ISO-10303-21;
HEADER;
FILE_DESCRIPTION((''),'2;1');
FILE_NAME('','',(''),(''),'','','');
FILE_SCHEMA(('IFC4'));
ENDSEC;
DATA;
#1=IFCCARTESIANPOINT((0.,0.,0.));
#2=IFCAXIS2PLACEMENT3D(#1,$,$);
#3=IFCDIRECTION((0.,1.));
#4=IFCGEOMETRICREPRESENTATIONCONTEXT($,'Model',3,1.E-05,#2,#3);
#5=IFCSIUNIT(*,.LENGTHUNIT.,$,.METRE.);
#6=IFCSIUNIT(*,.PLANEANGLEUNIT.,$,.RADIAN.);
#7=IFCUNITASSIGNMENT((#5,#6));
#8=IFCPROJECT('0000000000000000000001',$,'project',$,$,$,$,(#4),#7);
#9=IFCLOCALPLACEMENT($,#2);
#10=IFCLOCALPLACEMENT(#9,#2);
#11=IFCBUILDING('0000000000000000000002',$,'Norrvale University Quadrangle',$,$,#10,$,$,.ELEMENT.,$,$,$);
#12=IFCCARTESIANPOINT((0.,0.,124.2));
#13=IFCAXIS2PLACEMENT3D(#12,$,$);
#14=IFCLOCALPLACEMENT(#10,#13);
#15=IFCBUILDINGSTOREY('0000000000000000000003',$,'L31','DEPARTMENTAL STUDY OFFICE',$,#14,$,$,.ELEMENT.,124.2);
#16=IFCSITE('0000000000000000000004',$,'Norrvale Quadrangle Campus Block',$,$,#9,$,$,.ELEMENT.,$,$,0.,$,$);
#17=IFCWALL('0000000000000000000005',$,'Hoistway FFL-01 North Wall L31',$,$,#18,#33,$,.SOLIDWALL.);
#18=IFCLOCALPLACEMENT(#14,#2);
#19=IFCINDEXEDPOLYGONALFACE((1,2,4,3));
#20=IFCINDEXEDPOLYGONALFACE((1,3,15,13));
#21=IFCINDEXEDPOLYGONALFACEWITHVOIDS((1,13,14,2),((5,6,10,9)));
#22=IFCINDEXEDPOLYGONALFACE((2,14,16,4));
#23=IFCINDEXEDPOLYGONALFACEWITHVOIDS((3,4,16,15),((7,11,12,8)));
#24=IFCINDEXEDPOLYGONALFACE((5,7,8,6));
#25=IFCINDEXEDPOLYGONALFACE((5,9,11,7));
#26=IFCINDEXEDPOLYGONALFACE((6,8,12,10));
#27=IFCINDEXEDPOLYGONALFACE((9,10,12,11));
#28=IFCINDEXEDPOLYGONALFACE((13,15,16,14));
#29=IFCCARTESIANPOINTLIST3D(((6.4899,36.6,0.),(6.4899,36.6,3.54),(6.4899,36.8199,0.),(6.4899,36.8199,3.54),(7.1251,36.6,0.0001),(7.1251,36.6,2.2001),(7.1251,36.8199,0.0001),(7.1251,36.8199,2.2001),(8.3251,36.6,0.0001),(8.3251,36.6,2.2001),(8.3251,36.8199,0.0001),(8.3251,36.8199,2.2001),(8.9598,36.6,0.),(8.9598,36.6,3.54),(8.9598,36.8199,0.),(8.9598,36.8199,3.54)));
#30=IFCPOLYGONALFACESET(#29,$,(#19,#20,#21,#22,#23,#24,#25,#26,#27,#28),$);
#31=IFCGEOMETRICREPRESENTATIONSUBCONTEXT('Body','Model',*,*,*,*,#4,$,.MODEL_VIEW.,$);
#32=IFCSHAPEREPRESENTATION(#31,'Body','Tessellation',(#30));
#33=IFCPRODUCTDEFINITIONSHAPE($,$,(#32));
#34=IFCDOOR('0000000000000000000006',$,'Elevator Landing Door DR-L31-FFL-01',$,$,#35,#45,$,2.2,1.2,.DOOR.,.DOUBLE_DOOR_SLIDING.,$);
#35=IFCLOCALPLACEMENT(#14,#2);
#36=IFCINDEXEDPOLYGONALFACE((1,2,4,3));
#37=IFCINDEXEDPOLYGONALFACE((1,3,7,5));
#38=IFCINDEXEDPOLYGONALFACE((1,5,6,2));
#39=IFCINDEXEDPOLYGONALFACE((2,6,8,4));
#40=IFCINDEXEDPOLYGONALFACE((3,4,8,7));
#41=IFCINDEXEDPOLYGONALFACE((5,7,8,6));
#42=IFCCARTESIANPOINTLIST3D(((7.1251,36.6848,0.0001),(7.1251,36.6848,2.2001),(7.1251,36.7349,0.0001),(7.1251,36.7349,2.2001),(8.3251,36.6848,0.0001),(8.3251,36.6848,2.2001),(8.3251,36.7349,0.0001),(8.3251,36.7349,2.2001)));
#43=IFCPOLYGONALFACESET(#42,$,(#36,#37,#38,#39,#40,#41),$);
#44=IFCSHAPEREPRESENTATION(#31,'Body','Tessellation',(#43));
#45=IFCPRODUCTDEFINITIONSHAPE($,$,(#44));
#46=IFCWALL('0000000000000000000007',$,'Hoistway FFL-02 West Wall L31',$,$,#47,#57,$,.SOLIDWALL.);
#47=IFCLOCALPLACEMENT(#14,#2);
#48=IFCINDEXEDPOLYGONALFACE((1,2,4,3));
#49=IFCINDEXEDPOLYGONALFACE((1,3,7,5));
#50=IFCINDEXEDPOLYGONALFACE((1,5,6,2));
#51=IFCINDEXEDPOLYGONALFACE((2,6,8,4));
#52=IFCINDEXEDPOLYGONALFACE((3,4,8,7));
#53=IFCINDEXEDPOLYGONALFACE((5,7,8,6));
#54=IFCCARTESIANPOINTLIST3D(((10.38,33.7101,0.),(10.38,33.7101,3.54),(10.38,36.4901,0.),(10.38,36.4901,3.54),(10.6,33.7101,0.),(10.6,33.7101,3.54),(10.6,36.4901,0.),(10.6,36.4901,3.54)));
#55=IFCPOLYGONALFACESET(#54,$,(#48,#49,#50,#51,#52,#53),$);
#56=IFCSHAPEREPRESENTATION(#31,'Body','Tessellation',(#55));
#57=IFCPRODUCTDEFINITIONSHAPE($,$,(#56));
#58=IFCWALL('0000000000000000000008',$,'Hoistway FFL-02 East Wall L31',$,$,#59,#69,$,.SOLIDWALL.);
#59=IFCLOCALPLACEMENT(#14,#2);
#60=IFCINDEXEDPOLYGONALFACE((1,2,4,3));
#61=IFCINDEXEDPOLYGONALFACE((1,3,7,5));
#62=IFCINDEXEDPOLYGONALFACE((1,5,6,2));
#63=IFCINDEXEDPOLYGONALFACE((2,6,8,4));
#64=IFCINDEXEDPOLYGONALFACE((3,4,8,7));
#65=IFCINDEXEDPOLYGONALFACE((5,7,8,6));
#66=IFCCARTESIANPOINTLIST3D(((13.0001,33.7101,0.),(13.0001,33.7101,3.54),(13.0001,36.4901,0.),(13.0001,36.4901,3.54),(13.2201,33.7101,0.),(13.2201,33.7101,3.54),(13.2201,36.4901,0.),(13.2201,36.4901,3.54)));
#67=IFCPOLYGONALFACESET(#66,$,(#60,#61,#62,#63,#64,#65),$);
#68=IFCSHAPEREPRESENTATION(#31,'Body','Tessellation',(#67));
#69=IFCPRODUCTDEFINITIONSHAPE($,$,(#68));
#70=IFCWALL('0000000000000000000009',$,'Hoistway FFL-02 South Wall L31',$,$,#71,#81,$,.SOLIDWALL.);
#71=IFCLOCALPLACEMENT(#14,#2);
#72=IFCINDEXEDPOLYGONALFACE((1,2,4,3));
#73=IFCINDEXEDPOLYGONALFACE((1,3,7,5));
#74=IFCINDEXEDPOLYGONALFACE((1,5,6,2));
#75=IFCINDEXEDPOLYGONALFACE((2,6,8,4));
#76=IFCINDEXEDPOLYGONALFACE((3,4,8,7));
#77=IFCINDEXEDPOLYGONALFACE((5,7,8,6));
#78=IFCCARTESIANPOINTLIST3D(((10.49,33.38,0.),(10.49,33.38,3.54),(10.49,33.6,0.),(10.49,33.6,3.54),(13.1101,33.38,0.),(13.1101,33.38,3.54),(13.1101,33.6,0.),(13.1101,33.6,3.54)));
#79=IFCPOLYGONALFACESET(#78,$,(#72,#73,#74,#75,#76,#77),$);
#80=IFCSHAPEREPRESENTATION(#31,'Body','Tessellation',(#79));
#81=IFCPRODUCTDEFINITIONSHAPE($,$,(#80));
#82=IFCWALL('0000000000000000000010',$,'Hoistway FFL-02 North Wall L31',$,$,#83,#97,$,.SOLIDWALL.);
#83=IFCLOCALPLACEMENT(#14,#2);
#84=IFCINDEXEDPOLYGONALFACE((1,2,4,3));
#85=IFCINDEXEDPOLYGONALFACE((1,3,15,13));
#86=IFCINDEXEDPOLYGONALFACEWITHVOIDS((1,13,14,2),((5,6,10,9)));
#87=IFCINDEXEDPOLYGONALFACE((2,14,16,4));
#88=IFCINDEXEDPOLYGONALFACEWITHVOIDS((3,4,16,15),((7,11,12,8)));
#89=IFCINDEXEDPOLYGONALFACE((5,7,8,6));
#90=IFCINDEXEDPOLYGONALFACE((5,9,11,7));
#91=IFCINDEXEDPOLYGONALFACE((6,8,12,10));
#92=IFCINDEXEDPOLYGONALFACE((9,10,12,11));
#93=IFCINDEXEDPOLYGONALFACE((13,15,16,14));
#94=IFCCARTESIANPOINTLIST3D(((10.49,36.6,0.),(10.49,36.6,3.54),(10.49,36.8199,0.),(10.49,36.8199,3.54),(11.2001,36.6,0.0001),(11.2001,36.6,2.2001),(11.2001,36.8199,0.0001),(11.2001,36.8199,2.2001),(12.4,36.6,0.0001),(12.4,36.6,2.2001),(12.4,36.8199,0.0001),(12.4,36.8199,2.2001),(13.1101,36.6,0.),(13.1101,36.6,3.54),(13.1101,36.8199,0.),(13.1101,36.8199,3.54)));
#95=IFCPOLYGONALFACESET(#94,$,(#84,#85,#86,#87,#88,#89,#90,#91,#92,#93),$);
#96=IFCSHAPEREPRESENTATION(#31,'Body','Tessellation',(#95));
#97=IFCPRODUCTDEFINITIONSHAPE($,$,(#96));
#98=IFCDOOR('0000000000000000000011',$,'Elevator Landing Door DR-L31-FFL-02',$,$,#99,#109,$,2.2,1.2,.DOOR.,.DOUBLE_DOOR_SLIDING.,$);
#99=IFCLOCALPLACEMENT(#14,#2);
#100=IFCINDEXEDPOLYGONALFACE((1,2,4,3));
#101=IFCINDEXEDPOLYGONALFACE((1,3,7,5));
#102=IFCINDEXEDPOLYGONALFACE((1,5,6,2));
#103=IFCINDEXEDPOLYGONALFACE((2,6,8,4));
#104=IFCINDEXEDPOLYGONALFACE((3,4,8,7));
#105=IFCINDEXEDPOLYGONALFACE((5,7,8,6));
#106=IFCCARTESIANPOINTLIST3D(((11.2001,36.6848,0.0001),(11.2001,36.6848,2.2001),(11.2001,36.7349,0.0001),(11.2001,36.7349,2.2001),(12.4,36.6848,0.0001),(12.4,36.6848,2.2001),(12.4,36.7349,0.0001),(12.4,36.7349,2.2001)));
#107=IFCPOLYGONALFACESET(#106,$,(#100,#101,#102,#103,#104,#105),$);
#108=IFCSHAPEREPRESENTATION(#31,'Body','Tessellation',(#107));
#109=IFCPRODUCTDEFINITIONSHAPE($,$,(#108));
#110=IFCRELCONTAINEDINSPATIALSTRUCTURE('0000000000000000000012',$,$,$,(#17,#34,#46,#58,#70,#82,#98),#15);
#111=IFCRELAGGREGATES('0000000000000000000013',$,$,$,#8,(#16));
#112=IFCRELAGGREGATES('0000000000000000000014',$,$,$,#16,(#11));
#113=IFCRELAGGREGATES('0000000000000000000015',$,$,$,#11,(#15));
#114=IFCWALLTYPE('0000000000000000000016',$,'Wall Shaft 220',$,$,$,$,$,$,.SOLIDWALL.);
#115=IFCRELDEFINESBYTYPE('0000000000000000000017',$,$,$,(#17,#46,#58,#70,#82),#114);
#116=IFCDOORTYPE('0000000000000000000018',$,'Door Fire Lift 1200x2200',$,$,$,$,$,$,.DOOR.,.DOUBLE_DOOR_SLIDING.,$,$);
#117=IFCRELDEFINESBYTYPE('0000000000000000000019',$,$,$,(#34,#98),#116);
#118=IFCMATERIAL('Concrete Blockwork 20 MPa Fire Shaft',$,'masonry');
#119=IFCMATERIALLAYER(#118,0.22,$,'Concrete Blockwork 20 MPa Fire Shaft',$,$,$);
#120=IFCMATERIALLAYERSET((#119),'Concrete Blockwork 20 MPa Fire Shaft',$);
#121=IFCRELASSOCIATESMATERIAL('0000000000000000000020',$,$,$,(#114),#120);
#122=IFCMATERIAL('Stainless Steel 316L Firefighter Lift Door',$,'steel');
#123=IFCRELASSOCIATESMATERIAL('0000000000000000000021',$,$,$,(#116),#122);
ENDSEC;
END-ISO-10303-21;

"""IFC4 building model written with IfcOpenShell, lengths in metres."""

from ifc_helpers import new_model, si_unit, direction, frame, frame_2d, origin, place, context, subcontext, project, spatial, rectangle, extrude, material, layer, layer_set, type_object, element, fill, save


model = new_model("IFC4")

# Units and contexts
model_context = context("Model", 3, precision=1e-05, world=origin(), true_north=direction((0.0, 1.0)))
body_context = subcontext(model_context, "Body", "Model", "MODEL_VIEW")
ifc_project = project(units=[si_unit("LENGTHUNIT", "METRE"), si_unit("PLANEANGLEUNIT", "RADIAN")], contexts=[model_context])

# Site, building, storey
site_placement = place(None, origin())
site = spatial("IfcSite", under=ifc_project, at=site_placement, Name="Norrvale Quadrangle Campus Block", CompositionType="ELEMENT", RefElevation=0.0)
building_placement = place(site_placement, origin())
building = spatial("IfcBuilding", under=site, at=building_placement, Name="Norrvale University Quadrangle", CompositionType="ELEMENT")
storey_placement = place(building_placement, frame((0.0, 0.0, 124.2)))
storey = spatial("IfcBuildingStorey", under=building, at=storey_placement, Name="L31", Description="DEPARTMENTAL STUDY OFFICE", CompositionType="ELEMENT", Elevation=124.2)

# Shared definitions
ifc_material_1 = material(Name="Concrete Blockwork 20 MPa Fire Shaft", Category="masonry")
ifc_layer_1 = layer(ifc_material_1, 0.22, Name="Concrete Blockwork 20 MPa Fire Shaft")
ifc_layer_set_1 = layer_set([ifc_layer_1], Name="Concrete Blockwork 20 MPa Fire Shaft")
wall_type_1 = type_object("IfcWallType", Name="Wall Shaft 220", PredefinedType="SOLIDWALL", material=ifc_layer_set_1)

# Wall, opening, door
wall_1_placement = place(storey_placement, frame((6.49, 36.71, 0.0), z_axis=(0.0, 0.0, 1.0), x_axis=(1.0, 0.0, 0.0)))
wall_1 = element("IfcWall", 1, at=wall_1_placement, inside=storey, type_object=wall_type_1, Name="Hoistway FFL-01 North Wall L31", PredefinedType="SOLIDWALL", context=body_context, shape_type="SweptSolid", body=[
    extrude(rectangle(XDim=2.47, YDim=0.22, at=frame_2d((1.2349, 0.0))), origin(), (0.0, 0.0, 1.0), 3.54),
])
opening_1_placement = place(wall_1_placement, frame((0.635, 0.0, 0.0)))
opening_1 = element("IfcOpeningElement", 2, at=opening_1_placement, cuts=wall_1, PredefinedType="OPENING", context=body_context, shape_type="SweptSolid", body=[
    extrude(rectangle(XDim=1.2, YDim=2.2, at=frame_2d((0.6001, 1.1001))), frame((0.0, 0.1221, 0.0), z_axis=(0.0, -1.0, 0.0), x_axis=(1.0, 0.0, 0.0)), (0.0, 0.0, 1.0), 0.2439),
])
ifc_material_2 = material(Name="Stainless Steel 316L Firefighter Lift Door", Category="steel")
door_type = type_object("IfcDoorType", Name="Door Fire Lift 1200x2200", OperationType="DOUBLE_DOOR_SLIDING", PredefinedType="DOOR", material=ifc_material_2)
door_1_placement = place(opening_1_placement, origin())
door_1 = element("IfcDoor", 3, at=door_1_placement, inside=storey, type_object=door_type, Name="Elevator Landing Door DR-L31-FFL-01", OperationType="DOUBLE_DOOR_SLIDING", OverallHeight=2.2, OverallWidth=1.2, PredefinedType="DOOR", context=body_context, shape_type="SweptSolid", body=[
    extrude(rectangle(XDim=1.2, YDim=2.2, at=frame_2d((0.6001, 1.1001))), frame((0.0, 0.0249, 0.0), z_axis=(0.0, -1.0, 0.0), x_axis=(1.0, 0.0, 0.0)), (0.0, 0.0, 1.0), 0.05),
])
fill(opening_1, door_1)

# Walls
for number, where, z_axis, x_axis, name in (
    (4, (10.49, 33.71, 0.0), (0.0, 0.0, 1.0), (0.0, 1.0, 0.0), "Hoistway FFL-02 West Wall L31"),
    (5, (13.1101, 33.71, 0.0), (0.0, 0.0, 1.0), (0.0, 1.0, 0.0), "Hoistway FFL-02 East Wall L31"),
):
    element("IfcWall", number, at=place(storey_placement, frame(where, z_axis=z_axis, x_axis=x_axis)), inside=storey, type_object=wall_type_1, Name=name, PredefinedType="SOLIDWALL", context=body_context, shape_type="SweptSolid", body=[
        extrude(rectangle(XDim=2.78, YDim=0.22, at=frame_2d((1.3901, 0.0))), origin(), (0.0, 0.0, 1.0), 3.54),
    ])
wall_2_placement = place(storey_placement, frame((10.49, 33.49, 0.0), z_axis=(0.0, 0.0, 1.0), x_axis=(1.0, 0.0, 0.0)))
element("IfcWall", 6, at=wall_2_placement, inside=storey, type_object=wall_type_1, Name="Hoistway FFL-02 South Wall L31", PredefinedType="SOLIDWALL", context=body_context, shape_type="SweptSolid", body=[
    extrude(rectangle(XDim=2.6201, YDim=0.22, at=frame_2d((1.3101, 0.0))), origin(), (0.0, 0.0, 1.0), 3.54),
])

# Wall, opening, door
wall_3_placement = place(storey_placement, frame((10.49, 36.71, 0.0), z_axis=(0.0, 0.0, 1.0), x_axis=(1.0, 0.0, 0.0)))
wall_3 = element("IfcWall", 7, at=wall_3_placement, inside=storey, type_object=wall_type_1, Name="Hoistway FFL-02 North Wall L31", PredefinedType="SOLIDWALL", context=body_context, shape_type="SweptSolid", body=[
    extrude(rectangle(XDim=2.6201, YDim=0.22, at=frame_2d((1.3101, 0.0))), origin(), (0.0, 0.0, 1.0), 3.54),
])
opening_2_placement = place(wall_3_placement, frame((0.71, 0.0, 0.0)))
opening_2 = element("IfcOpeningElement", 8, at=opening_2_placement, cuts=wall_3, PredefinedType="OPENING", context=body_context, shape_type="SweptSolid", body=[
    extrude(rectangle(XDim=1.2, YDim=2.2, at=frame_2d((0.6001, 1.1001))), frame((0.0, 0.1221, 0.0), z_axis=(0.0, -1.0, 0.0), x_axis=(1.0, 0.0, 0.0)), (0.0, 0.0, 1.0), 0.2439),
])
door_2_placement = place(opening_2_placement, origin())
door_2 = element("IfcDoor", 9, at=door_2_placement, inside=storey, type_object=door_type, Name="Elevator Landing Door DR-L31-FFL-02", OperationType="DOUBLE_DOOR_SLIDING", OverallHeight=2.2, OverallWidth=1.2, PredefinedType="DOOR", context=body_context, shape_type="SweptSolid", body=[
    extrude(rectangle(XDim=1.2, YDim=2.2, at=frame_2d((0.6001, 1.1001))), frame((0.0, 0.0249, 0.0), z_axis=(0.0, -1.0, 0.0), x_axis=(1.0, 0.0, 0.0)), (0.0, 0.0, 1.0), 0.05),
])
fill(opening_2, door_2)

save(model, "model.ifc")
